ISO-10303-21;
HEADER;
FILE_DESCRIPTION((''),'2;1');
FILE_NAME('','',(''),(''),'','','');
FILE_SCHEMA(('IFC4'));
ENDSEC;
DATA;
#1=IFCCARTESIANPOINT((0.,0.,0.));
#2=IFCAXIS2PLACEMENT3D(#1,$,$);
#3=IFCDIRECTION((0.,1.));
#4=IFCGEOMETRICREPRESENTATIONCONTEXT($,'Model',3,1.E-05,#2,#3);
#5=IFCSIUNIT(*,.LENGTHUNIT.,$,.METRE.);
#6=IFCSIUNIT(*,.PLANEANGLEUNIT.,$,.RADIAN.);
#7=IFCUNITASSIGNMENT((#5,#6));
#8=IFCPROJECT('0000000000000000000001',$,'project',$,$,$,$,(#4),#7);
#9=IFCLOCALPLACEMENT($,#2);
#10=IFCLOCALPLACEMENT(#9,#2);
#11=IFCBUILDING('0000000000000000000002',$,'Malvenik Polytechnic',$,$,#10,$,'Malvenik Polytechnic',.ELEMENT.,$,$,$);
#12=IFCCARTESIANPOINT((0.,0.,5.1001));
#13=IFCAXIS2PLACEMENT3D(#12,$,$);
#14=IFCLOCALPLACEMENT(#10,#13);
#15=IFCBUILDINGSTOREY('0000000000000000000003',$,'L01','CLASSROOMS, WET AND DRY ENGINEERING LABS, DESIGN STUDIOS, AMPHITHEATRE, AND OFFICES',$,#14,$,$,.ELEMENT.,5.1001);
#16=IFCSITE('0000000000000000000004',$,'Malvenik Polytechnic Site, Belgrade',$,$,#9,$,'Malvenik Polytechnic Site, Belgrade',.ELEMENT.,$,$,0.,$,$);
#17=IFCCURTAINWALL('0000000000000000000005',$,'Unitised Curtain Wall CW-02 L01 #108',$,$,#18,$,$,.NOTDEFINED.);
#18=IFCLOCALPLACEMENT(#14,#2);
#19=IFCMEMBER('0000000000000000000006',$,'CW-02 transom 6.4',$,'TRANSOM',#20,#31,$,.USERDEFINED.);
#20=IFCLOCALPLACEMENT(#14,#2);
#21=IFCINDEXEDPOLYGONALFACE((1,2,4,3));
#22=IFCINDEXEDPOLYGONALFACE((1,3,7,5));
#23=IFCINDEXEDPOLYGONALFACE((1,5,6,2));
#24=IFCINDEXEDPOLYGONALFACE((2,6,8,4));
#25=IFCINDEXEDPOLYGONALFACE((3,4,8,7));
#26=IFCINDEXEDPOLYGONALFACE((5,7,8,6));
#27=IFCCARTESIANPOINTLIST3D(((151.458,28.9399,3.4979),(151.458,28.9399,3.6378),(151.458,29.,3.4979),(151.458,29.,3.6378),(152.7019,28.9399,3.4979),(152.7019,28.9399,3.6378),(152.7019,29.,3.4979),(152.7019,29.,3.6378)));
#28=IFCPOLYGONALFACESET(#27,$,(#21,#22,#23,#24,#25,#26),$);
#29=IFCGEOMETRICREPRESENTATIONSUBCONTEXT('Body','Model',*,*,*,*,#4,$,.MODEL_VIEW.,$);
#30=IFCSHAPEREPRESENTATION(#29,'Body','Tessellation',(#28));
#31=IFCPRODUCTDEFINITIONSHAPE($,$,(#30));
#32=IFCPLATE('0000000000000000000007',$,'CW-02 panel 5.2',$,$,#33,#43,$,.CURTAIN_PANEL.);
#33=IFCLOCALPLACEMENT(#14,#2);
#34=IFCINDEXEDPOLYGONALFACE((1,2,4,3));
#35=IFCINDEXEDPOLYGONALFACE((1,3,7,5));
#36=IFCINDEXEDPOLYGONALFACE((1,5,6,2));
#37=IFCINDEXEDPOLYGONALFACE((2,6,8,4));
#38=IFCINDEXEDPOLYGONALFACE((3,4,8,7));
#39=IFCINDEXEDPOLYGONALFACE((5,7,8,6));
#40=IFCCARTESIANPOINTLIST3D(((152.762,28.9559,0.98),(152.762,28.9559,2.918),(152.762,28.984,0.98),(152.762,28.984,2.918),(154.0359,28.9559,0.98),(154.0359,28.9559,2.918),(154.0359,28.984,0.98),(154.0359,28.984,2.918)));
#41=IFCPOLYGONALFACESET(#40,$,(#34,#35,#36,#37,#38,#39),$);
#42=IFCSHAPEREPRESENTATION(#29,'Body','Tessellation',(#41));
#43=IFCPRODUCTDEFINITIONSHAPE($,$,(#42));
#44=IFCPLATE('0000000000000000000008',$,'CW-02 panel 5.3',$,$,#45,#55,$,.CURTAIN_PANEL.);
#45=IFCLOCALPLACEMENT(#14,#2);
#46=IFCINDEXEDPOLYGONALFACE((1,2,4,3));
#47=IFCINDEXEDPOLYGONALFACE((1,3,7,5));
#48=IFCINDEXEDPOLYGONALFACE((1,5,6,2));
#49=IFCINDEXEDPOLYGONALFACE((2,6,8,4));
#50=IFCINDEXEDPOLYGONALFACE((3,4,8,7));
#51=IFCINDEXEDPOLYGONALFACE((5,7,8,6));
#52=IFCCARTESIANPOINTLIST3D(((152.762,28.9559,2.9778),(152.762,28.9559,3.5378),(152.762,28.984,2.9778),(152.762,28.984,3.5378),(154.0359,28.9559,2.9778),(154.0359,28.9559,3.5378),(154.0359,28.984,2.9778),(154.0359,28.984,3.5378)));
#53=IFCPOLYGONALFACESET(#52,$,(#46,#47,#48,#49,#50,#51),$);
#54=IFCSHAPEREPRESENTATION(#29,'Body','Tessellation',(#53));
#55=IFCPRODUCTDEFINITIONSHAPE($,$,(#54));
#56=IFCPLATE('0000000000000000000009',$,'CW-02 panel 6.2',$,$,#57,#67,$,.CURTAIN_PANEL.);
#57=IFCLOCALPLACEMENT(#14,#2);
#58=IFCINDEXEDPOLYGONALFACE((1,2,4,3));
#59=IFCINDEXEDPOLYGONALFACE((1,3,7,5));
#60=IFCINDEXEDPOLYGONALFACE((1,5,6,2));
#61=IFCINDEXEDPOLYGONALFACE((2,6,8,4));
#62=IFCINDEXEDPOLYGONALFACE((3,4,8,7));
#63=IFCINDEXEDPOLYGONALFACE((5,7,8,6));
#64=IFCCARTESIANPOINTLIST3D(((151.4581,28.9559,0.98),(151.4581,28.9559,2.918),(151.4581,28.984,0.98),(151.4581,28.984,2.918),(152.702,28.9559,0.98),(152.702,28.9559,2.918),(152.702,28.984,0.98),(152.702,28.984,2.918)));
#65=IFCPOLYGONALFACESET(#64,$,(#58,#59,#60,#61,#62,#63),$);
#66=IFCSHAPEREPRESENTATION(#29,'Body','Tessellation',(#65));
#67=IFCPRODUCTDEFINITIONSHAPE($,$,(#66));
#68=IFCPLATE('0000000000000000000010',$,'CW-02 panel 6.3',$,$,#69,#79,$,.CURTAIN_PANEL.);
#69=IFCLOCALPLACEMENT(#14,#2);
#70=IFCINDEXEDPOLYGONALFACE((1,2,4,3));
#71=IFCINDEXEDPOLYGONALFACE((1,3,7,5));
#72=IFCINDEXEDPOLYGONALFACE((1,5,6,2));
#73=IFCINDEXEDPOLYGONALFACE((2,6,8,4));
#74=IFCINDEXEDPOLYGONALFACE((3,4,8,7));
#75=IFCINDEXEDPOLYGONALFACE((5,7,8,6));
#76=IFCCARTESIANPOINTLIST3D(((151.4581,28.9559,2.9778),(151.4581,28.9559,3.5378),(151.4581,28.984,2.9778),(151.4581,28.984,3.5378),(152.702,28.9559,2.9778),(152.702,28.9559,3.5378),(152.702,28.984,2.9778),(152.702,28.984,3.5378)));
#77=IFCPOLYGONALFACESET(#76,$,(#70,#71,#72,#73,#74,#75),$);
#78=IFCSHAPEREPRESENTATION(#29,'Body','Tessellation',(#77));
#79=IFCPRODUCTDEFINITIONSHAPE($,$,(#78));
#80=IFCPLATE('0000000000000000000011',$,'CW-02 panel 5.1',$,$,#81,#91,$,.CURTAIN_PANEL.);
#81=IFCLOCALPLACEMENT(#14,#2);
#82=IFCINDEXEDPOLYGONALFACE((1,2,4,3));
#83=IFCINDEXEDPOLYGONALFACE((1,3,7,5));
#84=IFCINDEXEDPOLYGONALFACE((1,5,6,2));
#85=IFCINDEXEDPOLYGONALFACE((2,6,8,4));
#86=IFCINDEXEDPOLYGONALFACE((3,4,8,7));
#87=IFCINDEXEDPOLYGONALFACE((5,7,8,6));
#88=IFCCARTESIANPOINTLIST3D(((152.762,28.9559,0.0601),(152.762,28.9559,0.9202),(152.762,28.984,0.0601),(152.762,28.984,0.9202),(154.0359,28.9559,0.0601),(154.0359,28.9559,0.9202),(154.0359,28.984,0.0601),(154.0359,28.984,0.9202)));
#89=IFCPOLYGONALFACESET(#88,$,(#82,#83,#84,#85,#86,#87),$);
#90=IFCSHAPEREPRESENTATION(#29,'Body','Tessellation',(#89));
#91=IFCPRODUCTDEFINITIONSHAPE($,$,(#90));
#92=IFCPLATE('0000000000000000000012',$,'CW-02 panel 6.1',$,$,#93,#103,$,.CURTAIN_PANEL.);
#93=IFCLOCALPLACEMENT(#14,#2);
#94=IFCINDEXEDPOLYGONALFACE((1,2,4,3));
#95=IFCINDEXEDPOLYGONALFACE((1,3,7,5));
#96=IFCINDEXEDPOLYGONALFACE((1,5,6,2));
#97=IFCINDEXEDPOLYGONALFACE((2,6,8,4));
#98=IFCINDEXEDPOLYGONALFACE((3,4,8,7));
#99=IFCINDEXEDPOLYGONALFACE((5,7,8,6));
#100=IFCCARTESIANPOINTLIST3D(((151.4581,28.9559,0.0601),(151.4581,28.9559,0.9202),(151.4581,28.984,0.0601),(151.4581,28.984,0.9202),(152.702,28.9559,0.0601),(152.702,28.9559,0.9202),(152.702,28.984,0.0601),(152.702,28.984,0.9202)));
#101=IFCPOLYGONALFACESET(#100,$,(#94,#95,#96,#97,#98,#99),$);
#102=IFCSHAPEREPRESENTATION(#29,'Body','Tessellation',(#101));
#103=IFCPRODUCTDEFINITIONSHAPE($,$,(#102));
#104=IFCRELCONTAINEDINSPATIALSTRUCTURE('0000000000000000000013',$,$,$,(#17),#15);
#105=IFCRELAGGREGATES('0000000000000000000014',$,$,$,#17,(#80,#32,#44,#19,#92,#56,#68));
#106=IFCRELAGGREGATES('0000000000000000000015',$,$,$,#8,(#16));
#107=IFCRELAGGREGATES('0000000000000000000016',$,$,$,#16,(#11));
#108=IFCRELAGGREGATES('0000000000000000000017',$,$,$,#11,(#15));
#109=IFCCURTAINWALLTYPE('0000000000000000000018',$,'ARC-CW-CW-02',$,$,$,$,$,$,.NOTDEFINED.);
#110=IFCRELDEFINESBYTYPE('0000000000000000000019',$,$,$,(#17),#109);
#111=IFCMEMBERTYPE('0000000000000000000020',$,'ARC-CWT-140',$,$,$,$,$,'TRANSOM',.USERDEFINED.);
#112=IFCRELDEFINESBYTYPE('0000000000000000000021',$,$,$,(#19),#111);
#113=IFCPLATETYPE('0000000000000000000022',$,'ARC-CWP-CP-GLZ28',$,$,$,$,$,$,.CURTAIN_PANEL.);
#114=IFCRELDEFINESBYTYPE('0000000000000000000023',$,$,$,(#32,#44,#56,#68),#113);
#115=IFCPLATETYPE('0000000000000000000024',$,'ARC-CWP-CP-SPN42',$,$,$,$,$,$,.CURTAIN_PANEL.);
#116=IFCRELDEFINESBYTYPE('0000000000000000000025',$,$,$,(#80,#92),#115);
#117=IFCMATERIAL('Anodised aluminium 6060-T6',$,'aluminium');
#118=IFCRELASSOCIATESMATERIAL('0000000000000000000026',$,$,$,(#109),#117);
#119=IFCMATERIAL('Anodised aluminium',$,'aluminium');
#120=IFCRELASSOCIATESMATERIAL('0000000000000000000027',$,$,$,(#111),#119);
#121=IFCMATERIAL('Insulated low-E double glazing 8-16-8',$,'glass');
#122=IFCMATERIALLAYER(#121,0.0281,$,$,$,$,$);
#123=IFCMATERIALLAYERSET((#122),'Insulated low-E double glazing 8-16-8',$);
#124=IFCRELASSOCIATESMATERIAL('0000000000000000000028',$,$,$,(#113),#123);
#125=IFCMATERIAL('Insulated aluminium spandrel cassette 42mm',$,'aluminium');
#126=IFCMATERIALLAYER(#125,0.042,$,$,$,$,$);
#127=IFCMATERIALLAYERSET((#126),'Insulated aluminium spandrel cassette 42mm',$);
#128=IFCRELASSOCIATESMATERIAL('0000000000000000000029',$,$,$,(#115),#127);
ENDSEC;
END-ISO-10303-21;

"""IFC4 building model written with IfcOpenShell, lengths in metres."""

from ifc_helpers import new_model, si_unit, direction, frame, origin, origin_2d, place, context, subcontext, project, spatial, rectangle, extrude, material, layer, layer_set, material_profile, profile_set, type_object, element, aggregate, save


model = new_model("IFC4")

# Units and contexts
model_context = context("Model", 3, precision=1e-05, world=origin(), true_north=direction((0.0, 1.0)))
body_context = subcontext(model_context, "Body", "Model", "MODEL_VIEW")
ifc_project = project(units=[si_unit("LENGTHUNIT", "METRE"), si_unit("PLANEANGLEUNIT", "RADIAN")], contexts=[model_context])

# Site, building, storey
site_placement = place(None, origin())
site = spatial("IfcSite", under=ifc_project, at=site_placement, Name="Malvenik Polytechnic Site, Belgrade", LongName="Malvenik Polytechnic Site, Belgrade", CompositionType="ELEMENT", RefElevation=0.0)
building_placement = place(site_placement, origin())
building = spatial("IfcBuilding", under=site, at=building_placement, Name="Malvenik Polytechnic", LongName="Malvenik Polytechnic", CompositionType="ELEMENT")
storey_placement = place(building_placement, frame((0.0, 0.0, 5.1001)))
storey = spatial("IfcBuildingStorey", under=building, at=storey_placement, Name="L01", Description="CLASSROOMS, WET AND DRY ENGINEERING LABS, DESIGN STUDIOS, AMPHITHEATRE, AND OFFICES", CompositionType="ELEMENT", Elevation=5.1001)

# Shared definitions
ifc_material_1 = material(Name="Anodised aluminium 6060-T6", Category="aluminium")
curtain_wall_type = type_object("IfcCurtainWallType", Name="ARC-CW-CW-02", PredefinedType="NOTDEFINED", material=ifc_material_1)
ifc_material_2 = material(Name="Anodised aluminium", Category="aluminium")

# Curtain wall
curtain_wall_1_placement = place(storey_placement, origin())
curtain_wall_1 = element("IfcCurtainWall", 1, at=curtain_wall_1_placement, inside=storey, type_object=curtain_wall_type, Name="Unitised Curtain Wall CW-02 L01 #108", PredefinedType="NOTDEFINED")

# Member
ifc_material_profile_1 = material_profile(ifc_material_2, rectangle(XDim=0.0601, YDim=0.1399, at=origin_2d()), Name="ALU TRANSOM 60x140")
ifc_profile_set_1 = profile_set([ifc_material_profile_1], Name="Anodised aluminium")
member_type_1 = type_object("IfcMemberType", Name="ARC-CWT-140", ElementType="TRANSOM", PredefinedType="USERDEFINED", material=ifc_profile_set_1)
member_1_placement = place(storey_placement, frame((152.7019, 28.97, 3.5679), z_axis=(-1.0, 0.0, 0.0), x_axis=(0.0, -1.0, 0.0)))
member_1 = element("IfcMember", 2, at=member_1_placement, type_object=member_type_1, Name="CW-02 transom 6.4", ObjectType="TRANSOM", PredefinedType="USERDEFINED", context=body_context, shape_type="SweptSolid", body=[
    extrude(rectangle(XDim=0.0601, YDim=0.1399, at=origin_2d()), origin(), (0.0, 0.0, 1.0), 1.2439),
])

# Plates
ifc_material_3 = material(Name="Insulated low-E double glazing 8-16-8", Category="glass")
ifc_layer_1 = layer(ifc_material_3, 0.0281)
ifc_layer_set_1 = layer_set([ifc_layer_1], Name="Insulated low-E double glazing 8-16-8")
plate_type_1 = type_object("IfcPlateType", Name="ARC-CWP-CP-GLZ28", PredefinedType="CURTAIN_PANEL", material=ifc_layer_set_1)
plate_1_placement = place(storey_placement, frame((153.3989, 28.97, 0.98), z_axis=(0.0, 0.0, 1.0), x_axis=(-1.0, 0.0, 0.0)))
plate_1 = element("IfcPlate", 3, at=plate_1_placement, type_object=plate_type_1, Name="CW-02 panel 5.2", PredefinedType="CURTAIN_PANEL", context=body_context, shape_type="SweptSolid", body=[
    extrude(rectangle(XDim=1.2739, YDim=0.0281, at=origin_2d()), origin(), (0.0, 0.0, 1.0), 1.938),
])
plate_2_placement = place(storey_placement, frame((153.3989, 28.97, 2.9778), z_axis=(0.0, 0.0, 1.0), x_axis=(-1.0, 0.0, 0.0)))
plate_2 = element("IfcPlate", 4, at=plate_2_placement, type_object=plate_type_1, Name="CW-02 panel 5.3", PredefinedType="CURTAIN_PANEL", context=body_context, shape_type="SweptSolid", body=[
    extrude(rectangle(XDim=1.2739, YDim=0.0281, at=origin_2d()), origin(), (0.0, 0.0, 1.0), 0.5601),
])
plate_3_placement = place(storey_placement, frame((152.0801, 28.97, 0.98), z_axis=(0.0, 0.0, 1.0), x_axis=(-1.0, 0.0, 0.0)))
plate_3 = element("IfcPlate", 5, at=plate_3_placement, type_object=plate_type_1, Name="CW-02 panel 6.2", PredefinedType="CURTAIN_PANEL", context=body_context, shape_type="SweptSolid", body=[
    extrude(rectangle(XDim=1.2439, YDim=0.0281, at=origin_2d()), origin(), (0.0, 0.0, 1.0), 1.938),
])
plate_4_placement = place(storey_placement, frame((152.0801, 28.97, 2.9778), z_axis=(0.0, 0.0, 1.0), x_axis=(-1.0, 0.0, 0.0)))
plate_4 = element("IfcPlate", 6, at=plate_4_placement, type_object=plate_type_1, Name="CW-02 panel 6.3", PredefinedType="CURTAIN_PANEL", context=body_context, shape_type="SweptSolid", body=[
    extrude(rectangle(XDim=1.2439, YDim=0.0281, at=origin_2d()), origin(), (0.0, 0.0, 1.0), 0.5601),
])
ifc_material_4 = material(Name="Insulated aluminium spandrel cassette 42mm", Category="aluminium")
ifc_layer_2 = layer(ifc_material_4, 0.042)
ifc_layer_set_2 = layer_set([ifc_layer_2], Name="Insulated aluminium spandrel cassette 42mm")
plate_type_2 = type_object("IfcPlateType", Name="ARC-CWP-CP-SPN42", PredefinedType="CURTAIN_PANEL", material=ifc_layer_set_2)
plate_5_placement = place(storey_placement, frame((153.3989, 28.97, 0.0601), z_axis=(0.0, 0.0, 1.0), x_axis=(-1.0, 0.0, 0.0)))
plate_5 = element("IfcPlate", 7, at=plate_5_placement, type_object=plate_type_2, Name="CW-02 panel 5.1", PredefinedType="CURTAIN_PANEL", context=body_context, shape_type="SweptSolid", body=[
    extrude(rectangle(XDim=1.2739, YDim=0.0281, at=origin_2d()), origin(), (0.0, 0.0, 1.0), 0.8601),
])
plate_6_placement = place(storey_placement, frame((152.0801, 28.97, 0.0601), z_axis=(0.0, 0.0, 1.0), x_axis=(-1.0, 0.0, 0.0)))
plate_6 = element("IfcPlate", 8, at=plate_6_placement, type_object=plate_type_2, Name="CW-02 panel 6.1", PredefinedType="CURTAIN_PANEL", context=body_context, shape_type="SweptSolid", body=[
    extrude(rectangle(XDim=1.2439, YDim=0.0281, at=origin_2d()), origin(), (0.0, 0.0, 1.0), 0.8601),
])
aggregate(curtain_wall_1, [plate_5, plate_1, plate_2, member_1, plate_6, plate_3, plate_4])

save(model, "model.ifc")
